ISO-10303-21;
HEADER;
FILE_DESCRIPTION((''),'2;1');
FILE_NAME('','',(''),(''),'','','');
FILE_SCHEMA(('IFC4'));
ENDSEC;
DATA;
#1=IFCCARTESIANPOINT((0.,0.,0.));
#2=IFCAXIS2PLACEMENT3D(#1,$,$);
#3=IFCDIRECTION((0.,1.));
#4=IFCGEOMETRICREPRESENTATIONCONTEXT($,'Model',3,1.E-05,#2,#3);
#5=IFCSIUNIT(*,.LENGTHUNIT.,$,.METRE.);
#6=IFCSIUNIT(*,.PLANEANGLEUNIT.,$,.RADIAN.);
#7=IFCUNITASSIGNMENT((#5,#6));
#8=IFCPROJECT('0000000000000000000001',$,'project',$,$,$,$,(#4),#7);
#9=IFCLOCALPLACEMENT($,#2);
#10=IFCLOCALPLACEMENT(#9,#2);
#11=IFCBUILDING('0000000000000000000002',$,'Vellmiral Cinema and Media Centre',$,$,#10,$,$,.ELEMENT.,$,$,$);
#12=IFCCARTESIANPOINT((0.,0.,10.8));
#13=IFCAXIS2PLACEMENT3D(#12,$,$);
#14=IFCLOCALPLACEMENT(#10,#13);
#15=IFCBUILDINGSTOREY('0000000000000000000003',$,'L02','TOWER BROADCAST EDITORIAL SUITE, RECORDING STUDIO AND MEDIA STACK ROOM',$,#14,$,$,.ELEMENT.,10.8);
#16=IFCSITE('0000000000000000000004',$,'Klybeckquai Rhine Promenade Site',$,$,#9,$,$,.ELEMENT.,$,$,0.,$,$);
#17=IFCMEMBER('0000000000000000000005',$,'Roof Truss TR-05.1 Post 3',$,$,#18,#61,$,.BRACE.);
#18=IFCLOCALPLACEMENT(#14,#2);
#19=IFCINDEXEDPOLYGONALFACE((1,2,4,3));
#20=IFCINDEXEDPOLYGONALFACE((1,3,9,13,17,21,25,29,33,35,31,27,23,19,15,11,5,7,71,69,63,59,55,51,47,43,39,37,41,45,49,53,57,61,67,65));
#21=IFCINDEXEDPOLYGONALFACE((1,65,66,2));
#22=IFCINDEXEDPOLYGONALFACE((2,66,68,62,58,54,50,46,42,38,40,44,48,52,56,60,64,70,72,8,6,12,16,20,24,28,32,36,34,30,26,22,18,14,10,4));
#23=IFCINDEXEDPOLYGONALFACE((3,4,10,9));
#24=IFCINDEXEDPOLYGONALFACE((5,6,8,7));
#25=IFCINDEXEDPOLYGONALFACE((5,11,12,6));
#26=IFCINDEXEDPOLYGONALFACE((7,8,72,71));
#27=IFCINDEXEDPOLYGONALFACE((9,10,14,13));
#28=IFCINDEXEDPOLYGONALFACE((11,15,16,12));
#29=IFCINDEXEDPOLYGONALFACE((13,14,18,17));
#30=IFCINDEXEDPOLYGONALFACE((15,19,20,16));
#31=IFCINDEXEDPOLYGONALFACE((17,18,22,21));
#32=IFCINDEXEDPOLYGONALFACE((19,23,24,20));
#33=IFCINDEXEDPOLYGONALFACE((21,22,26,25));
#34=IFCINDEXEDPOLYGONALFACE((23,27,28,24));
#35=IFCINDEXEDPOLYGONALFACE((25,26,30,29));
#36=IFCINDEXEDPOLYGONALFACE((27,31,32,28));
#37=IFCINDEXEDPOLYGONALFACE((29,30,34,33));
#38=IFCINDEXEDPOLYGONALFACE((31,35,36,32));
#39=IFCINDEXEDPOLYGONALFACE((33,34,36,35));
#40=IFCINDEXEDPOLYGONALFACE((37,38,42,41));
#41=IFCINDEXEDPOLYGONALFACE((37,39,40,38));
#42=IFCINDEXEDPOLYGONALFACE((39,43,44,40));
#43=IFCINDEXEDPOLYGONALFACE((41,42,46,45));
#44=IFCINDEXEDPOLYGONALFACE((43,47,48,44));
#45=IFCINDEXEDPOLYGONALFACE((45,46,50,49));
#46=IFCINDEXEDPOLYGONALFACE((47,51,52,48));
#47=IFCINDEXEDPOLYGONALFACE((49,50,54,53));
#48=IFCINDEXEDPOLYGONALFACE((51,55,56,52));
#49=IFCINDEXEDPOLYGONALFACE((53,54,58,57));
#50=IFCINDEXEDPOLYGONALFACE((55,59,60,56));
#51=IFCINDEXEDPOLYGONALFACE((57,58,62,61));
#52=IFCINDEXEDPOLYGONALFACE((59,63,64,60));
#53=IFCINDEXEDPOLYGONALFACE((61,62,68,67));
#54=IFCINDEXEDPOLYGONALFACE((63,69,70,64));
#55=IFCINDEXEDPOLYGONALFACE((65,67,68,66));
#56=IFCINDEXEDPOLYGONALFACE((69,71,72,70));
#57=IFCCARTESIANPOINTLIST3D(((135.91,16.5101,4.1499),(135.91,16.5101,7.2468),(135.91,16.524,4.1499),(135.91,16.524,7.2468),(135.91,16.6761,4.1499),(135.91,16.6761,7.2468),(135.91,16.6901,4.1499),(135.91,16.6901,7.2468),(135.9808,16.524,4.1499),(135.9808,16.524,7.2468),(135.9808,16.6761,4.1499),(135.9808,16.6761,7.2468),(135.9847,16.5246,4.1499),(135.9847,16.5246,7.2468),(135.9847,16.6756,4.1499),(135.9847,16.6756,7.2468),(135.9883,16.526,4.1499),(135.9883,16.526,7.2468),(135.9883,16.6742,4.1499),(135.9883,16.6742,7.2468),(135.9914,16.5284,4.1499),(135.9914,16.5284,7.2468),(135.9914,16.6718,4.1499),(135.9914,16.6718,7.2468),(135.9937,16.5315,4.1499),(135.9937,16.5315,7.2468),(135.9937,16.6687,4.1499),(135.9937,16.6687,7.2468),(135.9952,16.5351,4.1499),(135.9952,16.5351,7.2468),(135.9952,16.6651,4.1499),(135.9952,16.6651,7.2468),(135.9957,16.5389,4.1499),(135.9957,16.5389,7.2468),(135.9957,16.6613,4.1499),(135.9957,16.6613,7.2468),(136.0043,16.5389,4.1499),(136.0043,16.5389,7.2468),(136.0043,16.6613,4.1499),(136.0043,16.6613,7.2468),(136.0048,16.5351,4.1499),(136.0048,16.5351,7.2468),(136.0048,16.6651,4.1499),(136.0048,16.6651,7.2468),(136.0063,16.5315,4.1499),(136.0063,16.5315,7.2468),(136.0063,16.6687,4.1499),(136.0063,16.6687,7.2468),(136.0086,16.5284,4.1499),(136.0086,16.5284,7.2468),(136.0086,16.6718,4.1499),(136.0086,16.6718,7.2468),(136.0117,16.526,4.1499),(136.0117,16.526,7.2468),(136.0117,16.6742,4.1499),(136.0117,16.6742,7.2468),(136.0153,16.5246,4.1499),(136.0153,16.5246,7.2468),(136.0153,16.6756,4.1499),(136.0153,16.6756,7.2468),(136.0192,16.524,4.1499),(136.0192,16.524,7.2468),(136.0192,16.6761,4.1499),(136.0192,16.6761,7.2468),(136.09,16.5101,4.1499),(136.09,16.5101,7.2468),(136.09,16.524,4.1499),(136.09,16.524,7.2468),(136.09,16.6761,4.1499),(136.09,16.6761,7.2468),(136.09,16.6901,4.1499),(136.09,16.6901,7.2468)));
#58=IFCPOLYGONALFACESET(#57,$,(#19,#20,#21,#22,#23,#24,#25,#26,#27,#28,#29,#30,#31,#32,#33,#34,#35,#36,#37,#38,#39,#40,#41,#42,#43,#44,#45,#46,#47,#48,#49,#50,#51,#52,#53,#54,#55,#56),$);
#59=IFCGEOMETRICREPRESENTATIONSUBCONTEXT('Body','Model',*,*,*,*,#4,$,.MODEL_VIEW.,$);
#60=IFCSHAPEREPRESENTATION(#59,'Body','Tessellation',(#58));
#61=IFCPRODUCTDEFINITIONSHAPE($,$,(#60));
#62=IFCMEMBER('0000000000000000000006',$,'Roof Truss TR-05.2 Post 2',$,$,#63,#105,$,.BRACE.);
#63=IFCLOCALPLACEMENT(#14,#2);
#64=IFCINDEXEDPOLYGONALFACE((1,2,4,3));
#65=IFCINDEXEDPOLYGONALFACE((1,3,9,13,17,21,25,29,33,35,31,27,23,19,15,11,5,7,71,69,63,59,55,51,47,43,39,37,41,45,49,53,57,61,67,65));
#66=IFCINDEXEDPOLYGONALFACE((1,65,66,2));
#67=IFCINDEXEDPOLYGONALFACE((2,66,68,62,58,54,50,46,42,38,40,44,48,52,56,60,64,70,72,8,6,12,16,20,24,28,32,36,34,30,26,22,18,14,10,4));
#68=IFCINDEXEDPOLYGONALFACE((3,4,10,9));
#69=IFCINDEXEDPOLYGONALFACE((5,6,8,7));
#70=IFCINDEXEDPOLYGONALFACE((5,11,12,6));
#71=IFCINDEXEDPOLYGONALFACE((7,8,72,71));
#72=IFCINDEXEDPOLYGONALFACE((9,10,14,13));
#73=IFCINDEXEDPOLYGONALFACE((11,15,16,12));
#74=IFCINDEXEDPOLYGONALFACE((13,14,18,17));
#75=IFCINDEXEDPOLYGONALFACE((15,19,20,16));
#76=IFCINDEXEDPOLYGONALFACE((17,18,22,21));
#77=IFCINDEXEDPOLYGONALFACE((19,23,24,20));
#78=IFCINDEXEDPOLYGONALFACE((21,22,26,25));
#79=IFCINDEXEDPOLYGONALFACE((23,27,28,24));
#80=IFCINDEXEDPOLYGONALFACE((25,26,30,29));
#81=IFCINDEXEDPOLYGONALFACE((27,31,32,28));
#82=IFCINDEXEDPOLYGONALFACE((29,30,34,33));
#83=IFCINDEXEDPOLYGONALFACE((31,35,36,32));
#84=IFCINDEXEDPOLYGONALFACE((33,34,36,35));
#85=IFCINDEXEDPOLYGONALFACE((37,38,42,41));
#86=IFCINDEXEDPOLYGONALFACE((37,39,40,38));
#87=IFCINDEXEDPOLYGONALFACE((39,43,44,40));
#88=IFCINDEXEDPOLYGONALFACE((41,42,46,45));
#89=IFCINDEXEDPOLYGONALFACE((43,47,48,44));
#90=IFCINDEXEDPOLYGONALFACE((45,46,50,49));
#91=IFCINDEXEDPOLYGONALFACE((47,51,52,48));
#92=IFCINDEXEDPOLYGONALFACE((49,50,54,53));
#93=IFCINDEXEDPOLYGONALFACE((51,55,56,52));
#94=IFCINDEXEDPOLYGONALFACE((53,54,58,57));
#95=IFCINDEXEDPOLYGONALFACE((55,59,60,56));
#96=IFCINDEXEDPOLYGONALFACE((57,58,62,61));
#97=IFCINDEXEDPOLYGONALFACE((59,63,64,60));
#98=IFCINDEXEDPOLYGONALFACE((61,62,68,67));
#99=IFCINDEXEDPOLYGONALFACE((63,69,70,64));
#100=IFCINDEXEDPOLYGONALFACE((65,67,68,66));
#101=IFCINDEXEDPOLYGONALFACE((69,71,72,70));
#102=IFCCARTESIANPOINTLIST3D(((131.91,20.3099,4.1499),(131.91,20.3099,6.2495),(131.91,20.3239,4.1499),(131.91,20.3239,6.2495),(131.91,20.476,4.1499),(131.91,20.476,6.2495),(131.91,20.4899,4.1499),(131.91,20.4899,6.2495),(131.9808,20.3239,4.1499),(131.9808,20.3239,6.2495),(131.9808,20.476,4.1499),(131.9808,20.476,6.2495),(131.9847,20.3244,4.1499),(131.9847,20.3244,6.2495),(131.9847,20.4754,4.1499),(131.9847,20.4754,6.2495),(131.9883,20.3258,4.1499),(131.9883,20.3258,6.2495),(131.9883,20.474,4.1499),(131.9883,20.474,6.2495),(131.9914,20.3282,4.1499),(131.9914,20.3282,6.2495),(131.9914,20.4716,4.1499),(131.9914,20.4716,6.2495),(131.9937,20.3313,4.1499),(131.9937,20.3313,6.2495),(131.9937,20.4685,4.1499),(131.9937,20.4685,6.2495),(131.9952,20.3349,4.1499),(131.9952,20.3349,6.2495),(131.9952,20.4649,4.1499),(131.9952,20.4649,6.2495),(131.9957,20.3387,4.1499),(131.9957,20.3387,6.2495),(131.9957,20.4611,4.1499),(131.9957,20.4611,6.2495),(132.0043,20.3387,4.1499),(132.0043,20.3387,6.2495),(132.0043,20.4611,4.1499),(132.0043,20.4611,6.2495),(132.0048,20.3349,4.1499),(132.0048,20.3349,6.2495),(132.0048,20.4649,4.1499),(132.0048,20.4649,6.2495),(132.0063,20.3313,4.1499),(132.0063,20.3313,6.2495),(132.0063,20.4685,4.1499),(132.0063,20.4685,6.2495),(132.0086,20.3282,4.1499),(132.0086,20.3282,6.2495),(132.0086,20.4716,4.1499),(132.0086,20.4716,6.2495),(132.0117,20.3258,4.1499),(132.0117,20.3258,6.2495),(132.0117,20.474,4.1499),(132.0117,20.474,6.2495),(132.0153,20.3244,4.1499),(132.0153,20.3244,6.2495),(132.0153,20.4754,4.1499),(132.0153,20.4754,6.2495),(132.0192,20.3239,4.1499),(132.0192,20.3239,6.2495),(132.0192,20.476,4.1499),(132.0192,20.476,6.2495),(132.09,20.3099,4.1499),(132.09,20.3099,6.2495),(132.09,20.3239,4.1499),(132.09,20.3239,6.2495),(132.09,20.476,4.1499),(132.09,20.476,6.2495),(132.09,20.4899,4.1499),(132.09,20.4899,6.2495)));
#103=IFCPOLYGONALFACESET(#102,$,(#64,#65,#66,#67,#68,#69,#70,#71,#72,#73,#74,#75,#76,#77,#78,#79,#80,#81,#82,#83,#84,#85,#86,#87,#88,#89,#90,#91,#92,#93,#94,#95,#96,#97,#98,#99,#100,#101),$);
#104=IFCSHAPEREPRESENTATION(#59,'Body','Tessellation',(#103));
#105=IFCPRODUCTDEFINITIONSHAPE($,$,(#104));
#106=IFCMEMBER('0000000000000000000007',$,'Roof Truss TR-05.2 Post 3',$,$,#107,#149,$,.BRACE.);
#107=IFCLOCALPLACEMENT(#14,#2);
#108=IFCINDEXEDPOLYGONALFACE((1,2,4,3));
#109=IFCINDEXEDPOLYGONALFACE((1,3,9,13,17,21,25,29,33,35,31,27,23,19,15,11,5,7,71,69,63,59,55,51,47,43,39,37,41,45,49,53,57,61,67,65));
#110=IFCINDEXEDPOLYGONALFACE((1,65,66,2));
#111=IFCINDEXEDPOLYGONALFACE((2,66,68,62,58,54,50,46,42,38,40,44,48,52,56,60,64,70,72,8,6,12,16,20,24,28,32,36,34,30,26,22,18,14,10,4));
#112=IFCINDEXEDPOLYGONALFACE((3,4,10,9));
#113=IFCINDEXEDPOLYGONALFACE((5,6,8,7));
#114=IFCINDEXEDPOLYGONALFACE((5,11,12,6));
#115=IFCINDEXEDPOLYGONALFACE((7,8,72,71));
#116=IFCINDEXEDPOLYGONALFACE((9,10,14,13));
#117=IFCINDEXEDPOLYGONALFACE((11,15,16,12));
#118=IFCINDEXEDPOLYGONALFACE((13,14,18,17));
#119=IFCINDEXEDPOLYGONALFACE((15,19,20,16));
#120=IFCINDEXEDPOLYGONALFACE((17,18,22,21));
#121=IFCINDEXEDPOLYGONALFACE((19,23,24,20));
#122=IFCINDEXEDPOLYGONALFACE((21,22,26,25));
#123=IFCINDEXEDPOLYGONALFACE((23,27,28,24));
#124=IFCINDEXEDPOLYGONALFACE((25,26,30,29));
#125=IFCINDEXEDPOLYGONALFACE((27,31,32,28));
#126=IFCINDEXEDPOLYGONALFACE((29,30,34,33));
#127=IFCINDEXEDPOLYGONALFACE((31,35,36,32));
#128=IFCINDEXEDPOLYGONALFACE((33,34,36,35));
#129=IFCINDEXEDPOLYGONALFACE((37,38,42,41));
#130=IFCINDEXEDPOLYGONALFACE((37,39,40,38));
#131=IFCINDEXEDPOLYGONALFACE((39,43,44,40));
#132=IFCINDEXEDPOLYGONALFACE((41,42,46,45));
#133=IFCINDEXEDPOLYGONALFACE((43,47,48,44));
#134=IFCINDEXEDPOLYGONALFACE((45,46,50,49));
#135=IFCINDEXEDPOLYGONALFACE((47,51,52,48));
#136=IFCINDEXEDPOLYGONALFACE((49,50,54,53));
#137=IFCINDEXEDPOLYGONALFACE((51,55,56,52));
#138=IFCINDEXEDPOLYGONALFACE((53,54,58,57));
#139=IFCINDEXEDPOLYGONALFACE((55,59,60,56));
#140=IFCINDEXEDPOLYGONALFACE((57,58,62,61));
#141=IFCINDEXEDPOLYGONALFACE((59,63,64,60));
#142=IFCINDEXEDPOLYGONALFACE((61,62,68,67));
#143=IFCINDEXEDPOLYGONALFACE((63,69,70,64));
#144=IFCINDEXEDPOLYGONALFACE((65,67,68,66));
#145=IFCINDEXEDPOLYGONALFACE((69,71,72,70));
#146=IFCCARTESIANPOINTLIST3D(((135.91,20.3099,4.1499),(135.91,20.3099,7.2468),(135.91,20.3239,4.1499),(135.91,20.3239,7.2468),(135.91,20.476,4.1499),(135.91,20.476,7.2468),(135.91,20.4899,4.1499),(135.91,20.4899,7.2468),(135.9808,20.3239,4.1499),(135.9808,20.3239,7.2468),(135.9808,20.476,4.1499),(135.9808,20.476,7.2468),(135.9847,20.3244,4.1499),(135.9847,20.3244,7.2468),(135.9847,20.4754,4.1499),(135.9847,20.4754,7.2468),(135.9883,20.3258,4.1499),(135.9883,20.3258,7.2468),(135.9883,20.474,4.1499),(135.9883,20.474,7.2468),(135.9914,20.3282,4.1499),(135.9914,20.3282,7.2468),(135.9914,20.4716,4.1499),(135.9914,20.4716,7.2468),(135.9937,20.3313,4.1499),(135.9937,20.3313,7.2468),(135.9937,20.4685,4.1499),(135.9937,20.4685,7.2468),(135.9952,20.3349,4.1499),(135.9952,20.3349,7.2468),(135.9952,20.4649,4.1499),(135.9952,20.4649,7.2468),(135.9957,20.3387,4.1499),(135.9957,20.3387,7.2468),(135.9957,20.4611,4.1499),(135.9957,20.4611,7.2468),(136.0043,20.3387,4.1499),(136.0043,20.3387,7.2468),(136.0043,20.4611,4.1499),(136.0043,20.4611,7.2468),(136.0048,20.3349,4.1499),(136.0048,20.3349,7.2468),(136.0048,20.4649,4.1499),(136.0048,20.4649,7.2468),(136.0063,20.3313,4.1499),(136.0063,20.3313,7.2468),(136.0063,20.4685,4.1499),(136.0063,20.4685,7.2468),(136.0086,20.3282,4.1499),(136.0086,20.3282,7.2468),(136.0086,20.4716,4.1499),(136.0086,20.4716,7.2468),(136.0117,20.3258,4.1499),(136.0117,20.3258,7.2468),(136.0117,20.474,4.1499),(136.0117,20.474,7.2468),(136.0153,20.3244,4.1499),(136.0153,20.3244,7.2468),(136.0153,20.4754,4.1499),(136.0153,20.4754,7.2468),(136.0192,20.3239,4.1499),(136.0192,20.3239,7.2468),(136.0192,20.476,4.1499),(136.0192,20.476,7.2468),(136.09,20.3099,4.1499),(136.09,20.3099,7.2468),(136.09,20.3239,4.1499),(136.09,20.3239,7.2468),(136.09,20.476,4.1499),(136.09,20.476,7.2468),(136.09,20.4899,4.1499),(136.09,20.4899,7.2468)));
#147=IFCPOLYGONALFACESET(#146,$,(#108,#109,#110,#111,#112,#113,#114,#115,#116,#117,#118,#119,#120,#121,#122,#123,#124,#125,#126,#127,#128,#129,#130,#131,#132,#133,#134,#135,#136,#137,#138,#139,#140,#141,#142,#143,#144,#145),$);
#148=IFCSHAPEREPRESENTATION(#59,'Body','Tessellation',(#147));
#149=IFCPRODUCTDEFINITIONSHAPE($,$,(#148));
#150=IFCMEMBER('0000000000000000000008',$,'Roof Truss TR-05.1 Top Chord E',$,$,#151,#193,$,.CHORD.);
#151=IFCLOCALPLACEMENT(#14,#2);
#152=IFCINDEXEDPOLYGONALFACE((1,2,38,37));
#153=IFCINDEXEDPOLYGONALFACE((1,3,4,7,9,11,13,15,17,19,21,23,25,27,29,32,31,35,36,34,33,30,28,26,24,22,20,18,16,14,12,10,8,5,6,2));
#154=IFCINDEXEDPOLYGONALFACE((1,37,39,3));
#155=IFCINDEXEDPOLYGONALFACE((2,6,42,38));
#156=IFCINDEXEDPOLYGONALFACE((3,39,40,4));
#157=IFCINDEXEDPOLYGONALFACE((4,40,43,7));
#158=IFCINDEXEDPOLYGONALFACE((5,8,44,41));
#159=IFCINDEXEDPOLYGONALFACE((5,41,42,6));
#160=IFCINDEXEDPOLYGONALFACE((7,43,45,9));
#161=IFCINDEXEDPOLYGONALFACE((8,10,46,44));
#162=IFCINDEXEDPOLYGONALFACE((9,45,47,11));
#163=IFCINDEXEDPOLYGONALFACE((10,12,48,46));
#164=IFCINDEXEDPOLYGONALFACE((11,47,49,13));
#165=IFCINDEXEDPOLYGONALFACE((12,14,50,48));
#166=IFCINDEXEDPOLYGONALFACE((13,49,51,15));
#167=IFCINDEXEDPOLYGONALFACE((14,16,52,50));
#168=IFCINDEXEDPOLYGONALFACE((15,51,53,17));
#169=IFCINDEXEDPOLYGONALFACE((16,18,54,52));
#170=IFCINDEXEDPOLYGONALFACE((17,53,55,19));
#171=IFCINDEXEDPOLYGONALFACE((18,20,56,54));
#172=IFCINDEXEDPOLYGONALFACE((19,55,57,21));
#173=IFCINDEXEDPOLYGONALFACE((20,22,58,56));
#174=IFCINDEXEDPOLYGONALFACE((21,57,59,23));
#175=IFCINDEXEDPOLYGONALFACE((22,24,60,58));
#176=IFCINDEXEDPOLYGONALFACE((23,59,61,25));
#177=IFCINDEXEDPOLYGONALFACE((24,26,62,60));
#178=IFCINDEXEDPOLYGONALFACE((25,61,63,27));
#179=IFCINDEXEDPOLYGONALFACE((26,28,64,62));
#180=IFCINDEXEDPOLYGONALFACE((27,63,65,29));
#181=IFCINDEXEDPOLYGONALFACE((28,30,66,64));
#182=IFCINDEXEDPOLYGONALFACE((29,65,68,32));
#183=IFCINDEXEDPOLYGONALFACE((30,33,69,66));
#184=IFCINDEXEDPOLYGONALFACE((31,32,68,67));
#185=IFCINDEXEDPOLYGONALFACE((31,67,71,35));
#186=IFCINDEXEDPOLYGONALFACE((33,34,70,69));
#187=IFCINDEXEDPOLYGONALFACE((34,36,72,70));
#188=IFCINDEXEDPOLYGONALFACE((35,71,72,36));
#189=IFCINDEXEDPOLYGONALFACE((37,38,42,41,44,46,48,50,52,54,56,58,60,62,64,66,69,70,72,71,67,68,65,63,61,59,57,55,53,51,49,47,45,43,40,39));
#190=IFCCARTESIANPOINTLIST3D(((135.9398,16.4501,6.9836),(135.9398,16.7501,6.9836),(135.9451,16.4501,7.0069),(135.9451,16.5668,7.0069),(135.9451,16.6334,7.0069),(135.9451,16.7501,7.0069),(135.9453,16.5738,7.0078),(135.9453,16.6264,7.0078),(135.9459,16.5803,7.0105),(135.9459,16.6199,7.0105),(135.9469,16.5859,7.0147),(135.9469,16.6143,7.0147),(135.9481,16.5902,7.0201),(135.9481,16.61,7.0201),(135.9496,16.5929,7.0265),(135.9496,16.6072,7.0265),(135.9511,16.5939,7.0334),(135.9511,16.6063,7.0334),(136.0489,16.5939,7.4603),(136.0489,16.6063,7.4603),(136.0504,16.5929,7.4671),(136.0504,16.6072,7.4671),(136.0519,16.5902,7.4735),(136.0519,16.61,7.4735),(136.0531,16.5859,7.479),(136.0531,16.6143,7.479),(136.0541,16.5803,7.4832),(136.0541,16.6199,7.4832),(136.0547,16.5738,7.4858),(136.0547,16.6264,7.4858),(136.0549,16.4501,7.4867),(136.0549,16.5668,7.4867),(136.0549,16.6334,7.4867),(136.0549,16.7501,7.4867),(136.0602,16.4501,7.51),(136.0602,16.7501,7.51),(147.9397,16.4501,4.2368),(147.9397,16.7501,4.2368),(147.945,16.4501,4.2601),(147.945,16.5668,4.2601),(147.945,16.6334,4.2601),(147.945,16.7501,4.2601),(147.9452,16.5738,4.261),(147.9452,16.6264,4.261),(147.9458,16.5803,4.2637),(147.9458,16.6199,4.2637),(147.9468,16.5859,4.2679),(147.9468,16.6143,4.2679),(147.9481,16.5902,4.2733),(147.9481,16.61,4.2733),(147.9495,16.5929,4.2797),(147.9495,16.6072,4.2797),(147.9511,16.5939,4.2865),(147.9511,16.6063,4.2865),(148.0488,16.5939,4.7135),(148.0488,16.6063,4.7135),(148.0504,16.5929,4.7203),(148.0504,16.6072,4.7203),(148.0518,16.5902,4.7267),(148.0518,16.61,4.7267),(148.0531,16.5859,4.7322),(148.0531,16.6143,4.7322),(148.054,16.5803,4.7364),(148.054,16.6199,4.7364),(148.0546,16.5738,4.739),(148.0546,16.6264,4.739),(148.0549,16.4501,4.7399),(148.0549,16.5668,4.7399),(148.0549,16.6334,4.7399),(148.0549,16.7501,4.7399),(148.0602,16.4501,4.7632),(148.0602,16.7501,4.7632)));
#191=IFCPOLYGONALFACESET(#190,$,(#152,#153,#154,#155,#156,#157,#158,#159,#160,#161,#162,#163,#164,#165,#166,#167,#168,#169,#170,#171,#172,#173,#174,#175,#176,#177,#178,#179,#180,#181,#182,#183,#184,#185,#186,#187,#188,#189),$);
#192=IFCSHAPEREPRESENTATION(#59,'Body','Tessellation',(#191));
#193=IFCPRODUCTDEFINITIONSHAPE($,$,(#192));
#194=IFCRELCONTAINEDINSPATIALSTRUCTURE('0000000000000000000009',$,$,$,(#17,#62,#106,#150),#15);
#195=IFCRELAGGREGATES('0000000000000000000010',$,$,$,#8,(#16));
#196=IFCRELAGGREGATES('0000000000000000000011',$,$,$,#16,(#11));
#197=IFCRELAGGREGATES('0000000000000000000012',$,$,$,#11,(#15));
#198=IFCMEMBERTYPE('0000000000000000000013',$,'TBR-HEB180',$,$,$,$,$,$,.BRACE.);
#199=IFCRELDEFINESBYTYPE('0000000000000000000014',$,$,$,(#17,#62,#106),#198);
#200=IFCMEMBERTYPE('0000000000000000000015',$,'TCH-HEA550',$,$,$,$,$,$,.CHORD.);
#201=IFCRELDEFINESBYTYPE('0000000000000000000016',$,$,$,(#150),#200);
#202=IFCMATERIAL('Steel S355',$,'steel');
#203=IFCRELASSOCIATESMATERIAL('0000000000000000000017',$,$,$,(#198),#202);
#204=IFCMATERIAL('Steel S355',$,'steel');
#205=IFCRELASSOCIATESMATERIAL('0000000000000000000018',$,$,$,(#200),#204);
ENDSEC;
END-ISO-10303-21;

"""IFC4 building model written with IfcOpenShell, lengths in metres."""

from ifc_helpers import new_model, si_unit, direction, frame, origin, origin_2d, place, context, subcontext, project, spatial, i_section, extrude, material, material_profile, profile_set, type_object, element, save


model = new_model("IFC4")

# Units and contexts
model_context = context("Model", 3, precision=1e-05, world=origin(), true_north=direction((0.0, 1.0)))
body_context = subcontext(model_context, "Body", "Model", "MODEL_VIEW")
ifc_project = project(units=[si_unit("LENGTHUNIT", "METRE"), si_unit("PLANEANGLEUNIT", "RADIAN")], contexts=[model_context])

# Site, building, storey
site_placement = place(None, origin())
site = spatial("IfcSite", under=ifc_project, at=site_placement, Name="Klybeckquai Rhine Promenade Site", CompositionType="ELEMENT", RefElevation=0.0)
building_placement = place(site_placement, origin())
building = spatial("IfcBuilding", under=site, at=building_placement, Name="Vellmiral Cinema and Media Centre", CompositionType="ELEMENT")
storey_placement = place(building_placement, frame((0.0, 0.0, 10.8)))
storey = spatial("IfcBuildingStorey", under=building, at=storey_placement, Name="L02", Description="TOWER BROADCAST EDITORIAL SUITE, RECORDING STUDIO AND MEDIA STACK ROOM", CompositionType="ELEMENT", Elevation=10.8)

# Members
ifc_material_1 = material(Name="Steel S355", Category="steel")
ifc_material_profile_1 = material_profile(ifc_material_1, i_section(OverallWidth=0.1799, OverallDepth=0.1799, WebThickness=0.0085, FlangeThickness=0.0139, FilletRadius=0.0149, at=origin_2d()), Name="HEB 180")
ifc_profile_set_1 = profile_set([ifc_material_profile_1], Name="Steel S355")
member_type_1 = type_object("IfcMemberType", Name="TBR-HEB180", PredefinedType="BRACE", material=ifc_profile_set_1)
member_1_placement = place(storey_placement, frame((136.0, 16.6001, 4.1499), z_axis=(0.0, 0.0, 1.0), x_axis=(1.0, 0.0, 0.0)))
element("IfcMember", 1, at=member_1_placement, inside=storey, type_object=member_type_1, Name="Roof Truss TR-05.1 Post 3", PredefinedType="BRACE", context=body_context, shape_type="SweptSolid", body=[
    extrude(i_section(OverallWidth=0.1799, OverallDepth=0.1799, WebThickness=0.0085, FlangeThickness=0.0139, FilletRadius=0.0149, at=origin_2d()), origin(), (0.0, 0.0, 1.0), 3.0969),
])
member_2_placement = place(storey_placement, frame((132.0, 20.3999, 4.1499), z_axis=(0.0, 0.0, 1.0), x_axis=(1.0, 0.0, 0.0)))
element("IfcMember", 2, at=member_2_placement, inside=storey, type_object=member_type_1, Name="Roof Truss TR-05.2 Post 2", PredefinedType="BRACE", context=body_context, shape_type="SweptSolid", body=[
    extrude(i_section(OverallWidth=0.1799, OverallDepth=0.1799, WebThickness=0.0085, FlangeThickness=0.0139, FilletRadius=0.0149, at=origin_2d()), origin(), (0.0, 0.0, 1.0), 2.0996),
])
member_3_placement = place(storey_placement, frame((136.0, 20.3999, 4.1499), z_axis=(0.0, 0.0, 1.0), x_axis=(1.0, 0.0, 0.0)))
element("IfcMember", 3, at=member_3_placement, inside=storey, type_object=member_type_1, Name="Roof Truss TR-05.2 Post 3", PredefinedType="BRACE", context=body_context, shape_type="SweptSolid", body=[
    extrude(i_section(OverallWidth=0.1799, OverallDepth=0.1799, WebThickness=0.0085, FlangeThickness=0.0139, FilletRadius=0.0149, at=origin_2d()), origin(), (0.0, 0.0, 1.0), 3.0969),
])
ifc_material_2 = material(Name="Steel S355", Category="steel")
ifc_material_profile_2 = material_profile(ifc_material_2, i_section(OverallWidth=0.3, OverallDepth=0.54, WebThickness=0.0125, FlangeThickness=0.0239, FilletRadius=0.0271, at=origin_2d()), Name="HEA 550")
ifc_profile_set_2 = profile_set([ifc_material_profile_2], Name="Steel S355")
member_type_2 = type_object("IfcMemberType", Name="TCH-HEA550", PredefinedType="CHORD", material=ifc_profile_set_2)
for number, where, z_axis, x_axis, name in (
    (4, (136.0, 16.6001, 7.2468), (0.974788, 0.0, -0.223131), (0.0, 1.0, 0.0), "Roof Truss TR-05.1 Top Chord E"),
):
    element("IfcMember", number, at=place(storey_placement, frame(where, z_axis=z_axis, x_axis=x_axis)), inside=storey, type_object=member_type_2, Name=name, PredefinedType="CHORD", context=body_context, shape_type="SweptSolid", body=[
        extrude(i_section(OverallWidth=0.3, OverallDepth=0.54, WebThickness=0.0125, FlangeThickness=0.0239, FilletRadius=0.0271, at=origin_2d()), origin(), (0.0, 0.0, 1.0), 12.3103),
    ])

save(model, "model.ifc")
